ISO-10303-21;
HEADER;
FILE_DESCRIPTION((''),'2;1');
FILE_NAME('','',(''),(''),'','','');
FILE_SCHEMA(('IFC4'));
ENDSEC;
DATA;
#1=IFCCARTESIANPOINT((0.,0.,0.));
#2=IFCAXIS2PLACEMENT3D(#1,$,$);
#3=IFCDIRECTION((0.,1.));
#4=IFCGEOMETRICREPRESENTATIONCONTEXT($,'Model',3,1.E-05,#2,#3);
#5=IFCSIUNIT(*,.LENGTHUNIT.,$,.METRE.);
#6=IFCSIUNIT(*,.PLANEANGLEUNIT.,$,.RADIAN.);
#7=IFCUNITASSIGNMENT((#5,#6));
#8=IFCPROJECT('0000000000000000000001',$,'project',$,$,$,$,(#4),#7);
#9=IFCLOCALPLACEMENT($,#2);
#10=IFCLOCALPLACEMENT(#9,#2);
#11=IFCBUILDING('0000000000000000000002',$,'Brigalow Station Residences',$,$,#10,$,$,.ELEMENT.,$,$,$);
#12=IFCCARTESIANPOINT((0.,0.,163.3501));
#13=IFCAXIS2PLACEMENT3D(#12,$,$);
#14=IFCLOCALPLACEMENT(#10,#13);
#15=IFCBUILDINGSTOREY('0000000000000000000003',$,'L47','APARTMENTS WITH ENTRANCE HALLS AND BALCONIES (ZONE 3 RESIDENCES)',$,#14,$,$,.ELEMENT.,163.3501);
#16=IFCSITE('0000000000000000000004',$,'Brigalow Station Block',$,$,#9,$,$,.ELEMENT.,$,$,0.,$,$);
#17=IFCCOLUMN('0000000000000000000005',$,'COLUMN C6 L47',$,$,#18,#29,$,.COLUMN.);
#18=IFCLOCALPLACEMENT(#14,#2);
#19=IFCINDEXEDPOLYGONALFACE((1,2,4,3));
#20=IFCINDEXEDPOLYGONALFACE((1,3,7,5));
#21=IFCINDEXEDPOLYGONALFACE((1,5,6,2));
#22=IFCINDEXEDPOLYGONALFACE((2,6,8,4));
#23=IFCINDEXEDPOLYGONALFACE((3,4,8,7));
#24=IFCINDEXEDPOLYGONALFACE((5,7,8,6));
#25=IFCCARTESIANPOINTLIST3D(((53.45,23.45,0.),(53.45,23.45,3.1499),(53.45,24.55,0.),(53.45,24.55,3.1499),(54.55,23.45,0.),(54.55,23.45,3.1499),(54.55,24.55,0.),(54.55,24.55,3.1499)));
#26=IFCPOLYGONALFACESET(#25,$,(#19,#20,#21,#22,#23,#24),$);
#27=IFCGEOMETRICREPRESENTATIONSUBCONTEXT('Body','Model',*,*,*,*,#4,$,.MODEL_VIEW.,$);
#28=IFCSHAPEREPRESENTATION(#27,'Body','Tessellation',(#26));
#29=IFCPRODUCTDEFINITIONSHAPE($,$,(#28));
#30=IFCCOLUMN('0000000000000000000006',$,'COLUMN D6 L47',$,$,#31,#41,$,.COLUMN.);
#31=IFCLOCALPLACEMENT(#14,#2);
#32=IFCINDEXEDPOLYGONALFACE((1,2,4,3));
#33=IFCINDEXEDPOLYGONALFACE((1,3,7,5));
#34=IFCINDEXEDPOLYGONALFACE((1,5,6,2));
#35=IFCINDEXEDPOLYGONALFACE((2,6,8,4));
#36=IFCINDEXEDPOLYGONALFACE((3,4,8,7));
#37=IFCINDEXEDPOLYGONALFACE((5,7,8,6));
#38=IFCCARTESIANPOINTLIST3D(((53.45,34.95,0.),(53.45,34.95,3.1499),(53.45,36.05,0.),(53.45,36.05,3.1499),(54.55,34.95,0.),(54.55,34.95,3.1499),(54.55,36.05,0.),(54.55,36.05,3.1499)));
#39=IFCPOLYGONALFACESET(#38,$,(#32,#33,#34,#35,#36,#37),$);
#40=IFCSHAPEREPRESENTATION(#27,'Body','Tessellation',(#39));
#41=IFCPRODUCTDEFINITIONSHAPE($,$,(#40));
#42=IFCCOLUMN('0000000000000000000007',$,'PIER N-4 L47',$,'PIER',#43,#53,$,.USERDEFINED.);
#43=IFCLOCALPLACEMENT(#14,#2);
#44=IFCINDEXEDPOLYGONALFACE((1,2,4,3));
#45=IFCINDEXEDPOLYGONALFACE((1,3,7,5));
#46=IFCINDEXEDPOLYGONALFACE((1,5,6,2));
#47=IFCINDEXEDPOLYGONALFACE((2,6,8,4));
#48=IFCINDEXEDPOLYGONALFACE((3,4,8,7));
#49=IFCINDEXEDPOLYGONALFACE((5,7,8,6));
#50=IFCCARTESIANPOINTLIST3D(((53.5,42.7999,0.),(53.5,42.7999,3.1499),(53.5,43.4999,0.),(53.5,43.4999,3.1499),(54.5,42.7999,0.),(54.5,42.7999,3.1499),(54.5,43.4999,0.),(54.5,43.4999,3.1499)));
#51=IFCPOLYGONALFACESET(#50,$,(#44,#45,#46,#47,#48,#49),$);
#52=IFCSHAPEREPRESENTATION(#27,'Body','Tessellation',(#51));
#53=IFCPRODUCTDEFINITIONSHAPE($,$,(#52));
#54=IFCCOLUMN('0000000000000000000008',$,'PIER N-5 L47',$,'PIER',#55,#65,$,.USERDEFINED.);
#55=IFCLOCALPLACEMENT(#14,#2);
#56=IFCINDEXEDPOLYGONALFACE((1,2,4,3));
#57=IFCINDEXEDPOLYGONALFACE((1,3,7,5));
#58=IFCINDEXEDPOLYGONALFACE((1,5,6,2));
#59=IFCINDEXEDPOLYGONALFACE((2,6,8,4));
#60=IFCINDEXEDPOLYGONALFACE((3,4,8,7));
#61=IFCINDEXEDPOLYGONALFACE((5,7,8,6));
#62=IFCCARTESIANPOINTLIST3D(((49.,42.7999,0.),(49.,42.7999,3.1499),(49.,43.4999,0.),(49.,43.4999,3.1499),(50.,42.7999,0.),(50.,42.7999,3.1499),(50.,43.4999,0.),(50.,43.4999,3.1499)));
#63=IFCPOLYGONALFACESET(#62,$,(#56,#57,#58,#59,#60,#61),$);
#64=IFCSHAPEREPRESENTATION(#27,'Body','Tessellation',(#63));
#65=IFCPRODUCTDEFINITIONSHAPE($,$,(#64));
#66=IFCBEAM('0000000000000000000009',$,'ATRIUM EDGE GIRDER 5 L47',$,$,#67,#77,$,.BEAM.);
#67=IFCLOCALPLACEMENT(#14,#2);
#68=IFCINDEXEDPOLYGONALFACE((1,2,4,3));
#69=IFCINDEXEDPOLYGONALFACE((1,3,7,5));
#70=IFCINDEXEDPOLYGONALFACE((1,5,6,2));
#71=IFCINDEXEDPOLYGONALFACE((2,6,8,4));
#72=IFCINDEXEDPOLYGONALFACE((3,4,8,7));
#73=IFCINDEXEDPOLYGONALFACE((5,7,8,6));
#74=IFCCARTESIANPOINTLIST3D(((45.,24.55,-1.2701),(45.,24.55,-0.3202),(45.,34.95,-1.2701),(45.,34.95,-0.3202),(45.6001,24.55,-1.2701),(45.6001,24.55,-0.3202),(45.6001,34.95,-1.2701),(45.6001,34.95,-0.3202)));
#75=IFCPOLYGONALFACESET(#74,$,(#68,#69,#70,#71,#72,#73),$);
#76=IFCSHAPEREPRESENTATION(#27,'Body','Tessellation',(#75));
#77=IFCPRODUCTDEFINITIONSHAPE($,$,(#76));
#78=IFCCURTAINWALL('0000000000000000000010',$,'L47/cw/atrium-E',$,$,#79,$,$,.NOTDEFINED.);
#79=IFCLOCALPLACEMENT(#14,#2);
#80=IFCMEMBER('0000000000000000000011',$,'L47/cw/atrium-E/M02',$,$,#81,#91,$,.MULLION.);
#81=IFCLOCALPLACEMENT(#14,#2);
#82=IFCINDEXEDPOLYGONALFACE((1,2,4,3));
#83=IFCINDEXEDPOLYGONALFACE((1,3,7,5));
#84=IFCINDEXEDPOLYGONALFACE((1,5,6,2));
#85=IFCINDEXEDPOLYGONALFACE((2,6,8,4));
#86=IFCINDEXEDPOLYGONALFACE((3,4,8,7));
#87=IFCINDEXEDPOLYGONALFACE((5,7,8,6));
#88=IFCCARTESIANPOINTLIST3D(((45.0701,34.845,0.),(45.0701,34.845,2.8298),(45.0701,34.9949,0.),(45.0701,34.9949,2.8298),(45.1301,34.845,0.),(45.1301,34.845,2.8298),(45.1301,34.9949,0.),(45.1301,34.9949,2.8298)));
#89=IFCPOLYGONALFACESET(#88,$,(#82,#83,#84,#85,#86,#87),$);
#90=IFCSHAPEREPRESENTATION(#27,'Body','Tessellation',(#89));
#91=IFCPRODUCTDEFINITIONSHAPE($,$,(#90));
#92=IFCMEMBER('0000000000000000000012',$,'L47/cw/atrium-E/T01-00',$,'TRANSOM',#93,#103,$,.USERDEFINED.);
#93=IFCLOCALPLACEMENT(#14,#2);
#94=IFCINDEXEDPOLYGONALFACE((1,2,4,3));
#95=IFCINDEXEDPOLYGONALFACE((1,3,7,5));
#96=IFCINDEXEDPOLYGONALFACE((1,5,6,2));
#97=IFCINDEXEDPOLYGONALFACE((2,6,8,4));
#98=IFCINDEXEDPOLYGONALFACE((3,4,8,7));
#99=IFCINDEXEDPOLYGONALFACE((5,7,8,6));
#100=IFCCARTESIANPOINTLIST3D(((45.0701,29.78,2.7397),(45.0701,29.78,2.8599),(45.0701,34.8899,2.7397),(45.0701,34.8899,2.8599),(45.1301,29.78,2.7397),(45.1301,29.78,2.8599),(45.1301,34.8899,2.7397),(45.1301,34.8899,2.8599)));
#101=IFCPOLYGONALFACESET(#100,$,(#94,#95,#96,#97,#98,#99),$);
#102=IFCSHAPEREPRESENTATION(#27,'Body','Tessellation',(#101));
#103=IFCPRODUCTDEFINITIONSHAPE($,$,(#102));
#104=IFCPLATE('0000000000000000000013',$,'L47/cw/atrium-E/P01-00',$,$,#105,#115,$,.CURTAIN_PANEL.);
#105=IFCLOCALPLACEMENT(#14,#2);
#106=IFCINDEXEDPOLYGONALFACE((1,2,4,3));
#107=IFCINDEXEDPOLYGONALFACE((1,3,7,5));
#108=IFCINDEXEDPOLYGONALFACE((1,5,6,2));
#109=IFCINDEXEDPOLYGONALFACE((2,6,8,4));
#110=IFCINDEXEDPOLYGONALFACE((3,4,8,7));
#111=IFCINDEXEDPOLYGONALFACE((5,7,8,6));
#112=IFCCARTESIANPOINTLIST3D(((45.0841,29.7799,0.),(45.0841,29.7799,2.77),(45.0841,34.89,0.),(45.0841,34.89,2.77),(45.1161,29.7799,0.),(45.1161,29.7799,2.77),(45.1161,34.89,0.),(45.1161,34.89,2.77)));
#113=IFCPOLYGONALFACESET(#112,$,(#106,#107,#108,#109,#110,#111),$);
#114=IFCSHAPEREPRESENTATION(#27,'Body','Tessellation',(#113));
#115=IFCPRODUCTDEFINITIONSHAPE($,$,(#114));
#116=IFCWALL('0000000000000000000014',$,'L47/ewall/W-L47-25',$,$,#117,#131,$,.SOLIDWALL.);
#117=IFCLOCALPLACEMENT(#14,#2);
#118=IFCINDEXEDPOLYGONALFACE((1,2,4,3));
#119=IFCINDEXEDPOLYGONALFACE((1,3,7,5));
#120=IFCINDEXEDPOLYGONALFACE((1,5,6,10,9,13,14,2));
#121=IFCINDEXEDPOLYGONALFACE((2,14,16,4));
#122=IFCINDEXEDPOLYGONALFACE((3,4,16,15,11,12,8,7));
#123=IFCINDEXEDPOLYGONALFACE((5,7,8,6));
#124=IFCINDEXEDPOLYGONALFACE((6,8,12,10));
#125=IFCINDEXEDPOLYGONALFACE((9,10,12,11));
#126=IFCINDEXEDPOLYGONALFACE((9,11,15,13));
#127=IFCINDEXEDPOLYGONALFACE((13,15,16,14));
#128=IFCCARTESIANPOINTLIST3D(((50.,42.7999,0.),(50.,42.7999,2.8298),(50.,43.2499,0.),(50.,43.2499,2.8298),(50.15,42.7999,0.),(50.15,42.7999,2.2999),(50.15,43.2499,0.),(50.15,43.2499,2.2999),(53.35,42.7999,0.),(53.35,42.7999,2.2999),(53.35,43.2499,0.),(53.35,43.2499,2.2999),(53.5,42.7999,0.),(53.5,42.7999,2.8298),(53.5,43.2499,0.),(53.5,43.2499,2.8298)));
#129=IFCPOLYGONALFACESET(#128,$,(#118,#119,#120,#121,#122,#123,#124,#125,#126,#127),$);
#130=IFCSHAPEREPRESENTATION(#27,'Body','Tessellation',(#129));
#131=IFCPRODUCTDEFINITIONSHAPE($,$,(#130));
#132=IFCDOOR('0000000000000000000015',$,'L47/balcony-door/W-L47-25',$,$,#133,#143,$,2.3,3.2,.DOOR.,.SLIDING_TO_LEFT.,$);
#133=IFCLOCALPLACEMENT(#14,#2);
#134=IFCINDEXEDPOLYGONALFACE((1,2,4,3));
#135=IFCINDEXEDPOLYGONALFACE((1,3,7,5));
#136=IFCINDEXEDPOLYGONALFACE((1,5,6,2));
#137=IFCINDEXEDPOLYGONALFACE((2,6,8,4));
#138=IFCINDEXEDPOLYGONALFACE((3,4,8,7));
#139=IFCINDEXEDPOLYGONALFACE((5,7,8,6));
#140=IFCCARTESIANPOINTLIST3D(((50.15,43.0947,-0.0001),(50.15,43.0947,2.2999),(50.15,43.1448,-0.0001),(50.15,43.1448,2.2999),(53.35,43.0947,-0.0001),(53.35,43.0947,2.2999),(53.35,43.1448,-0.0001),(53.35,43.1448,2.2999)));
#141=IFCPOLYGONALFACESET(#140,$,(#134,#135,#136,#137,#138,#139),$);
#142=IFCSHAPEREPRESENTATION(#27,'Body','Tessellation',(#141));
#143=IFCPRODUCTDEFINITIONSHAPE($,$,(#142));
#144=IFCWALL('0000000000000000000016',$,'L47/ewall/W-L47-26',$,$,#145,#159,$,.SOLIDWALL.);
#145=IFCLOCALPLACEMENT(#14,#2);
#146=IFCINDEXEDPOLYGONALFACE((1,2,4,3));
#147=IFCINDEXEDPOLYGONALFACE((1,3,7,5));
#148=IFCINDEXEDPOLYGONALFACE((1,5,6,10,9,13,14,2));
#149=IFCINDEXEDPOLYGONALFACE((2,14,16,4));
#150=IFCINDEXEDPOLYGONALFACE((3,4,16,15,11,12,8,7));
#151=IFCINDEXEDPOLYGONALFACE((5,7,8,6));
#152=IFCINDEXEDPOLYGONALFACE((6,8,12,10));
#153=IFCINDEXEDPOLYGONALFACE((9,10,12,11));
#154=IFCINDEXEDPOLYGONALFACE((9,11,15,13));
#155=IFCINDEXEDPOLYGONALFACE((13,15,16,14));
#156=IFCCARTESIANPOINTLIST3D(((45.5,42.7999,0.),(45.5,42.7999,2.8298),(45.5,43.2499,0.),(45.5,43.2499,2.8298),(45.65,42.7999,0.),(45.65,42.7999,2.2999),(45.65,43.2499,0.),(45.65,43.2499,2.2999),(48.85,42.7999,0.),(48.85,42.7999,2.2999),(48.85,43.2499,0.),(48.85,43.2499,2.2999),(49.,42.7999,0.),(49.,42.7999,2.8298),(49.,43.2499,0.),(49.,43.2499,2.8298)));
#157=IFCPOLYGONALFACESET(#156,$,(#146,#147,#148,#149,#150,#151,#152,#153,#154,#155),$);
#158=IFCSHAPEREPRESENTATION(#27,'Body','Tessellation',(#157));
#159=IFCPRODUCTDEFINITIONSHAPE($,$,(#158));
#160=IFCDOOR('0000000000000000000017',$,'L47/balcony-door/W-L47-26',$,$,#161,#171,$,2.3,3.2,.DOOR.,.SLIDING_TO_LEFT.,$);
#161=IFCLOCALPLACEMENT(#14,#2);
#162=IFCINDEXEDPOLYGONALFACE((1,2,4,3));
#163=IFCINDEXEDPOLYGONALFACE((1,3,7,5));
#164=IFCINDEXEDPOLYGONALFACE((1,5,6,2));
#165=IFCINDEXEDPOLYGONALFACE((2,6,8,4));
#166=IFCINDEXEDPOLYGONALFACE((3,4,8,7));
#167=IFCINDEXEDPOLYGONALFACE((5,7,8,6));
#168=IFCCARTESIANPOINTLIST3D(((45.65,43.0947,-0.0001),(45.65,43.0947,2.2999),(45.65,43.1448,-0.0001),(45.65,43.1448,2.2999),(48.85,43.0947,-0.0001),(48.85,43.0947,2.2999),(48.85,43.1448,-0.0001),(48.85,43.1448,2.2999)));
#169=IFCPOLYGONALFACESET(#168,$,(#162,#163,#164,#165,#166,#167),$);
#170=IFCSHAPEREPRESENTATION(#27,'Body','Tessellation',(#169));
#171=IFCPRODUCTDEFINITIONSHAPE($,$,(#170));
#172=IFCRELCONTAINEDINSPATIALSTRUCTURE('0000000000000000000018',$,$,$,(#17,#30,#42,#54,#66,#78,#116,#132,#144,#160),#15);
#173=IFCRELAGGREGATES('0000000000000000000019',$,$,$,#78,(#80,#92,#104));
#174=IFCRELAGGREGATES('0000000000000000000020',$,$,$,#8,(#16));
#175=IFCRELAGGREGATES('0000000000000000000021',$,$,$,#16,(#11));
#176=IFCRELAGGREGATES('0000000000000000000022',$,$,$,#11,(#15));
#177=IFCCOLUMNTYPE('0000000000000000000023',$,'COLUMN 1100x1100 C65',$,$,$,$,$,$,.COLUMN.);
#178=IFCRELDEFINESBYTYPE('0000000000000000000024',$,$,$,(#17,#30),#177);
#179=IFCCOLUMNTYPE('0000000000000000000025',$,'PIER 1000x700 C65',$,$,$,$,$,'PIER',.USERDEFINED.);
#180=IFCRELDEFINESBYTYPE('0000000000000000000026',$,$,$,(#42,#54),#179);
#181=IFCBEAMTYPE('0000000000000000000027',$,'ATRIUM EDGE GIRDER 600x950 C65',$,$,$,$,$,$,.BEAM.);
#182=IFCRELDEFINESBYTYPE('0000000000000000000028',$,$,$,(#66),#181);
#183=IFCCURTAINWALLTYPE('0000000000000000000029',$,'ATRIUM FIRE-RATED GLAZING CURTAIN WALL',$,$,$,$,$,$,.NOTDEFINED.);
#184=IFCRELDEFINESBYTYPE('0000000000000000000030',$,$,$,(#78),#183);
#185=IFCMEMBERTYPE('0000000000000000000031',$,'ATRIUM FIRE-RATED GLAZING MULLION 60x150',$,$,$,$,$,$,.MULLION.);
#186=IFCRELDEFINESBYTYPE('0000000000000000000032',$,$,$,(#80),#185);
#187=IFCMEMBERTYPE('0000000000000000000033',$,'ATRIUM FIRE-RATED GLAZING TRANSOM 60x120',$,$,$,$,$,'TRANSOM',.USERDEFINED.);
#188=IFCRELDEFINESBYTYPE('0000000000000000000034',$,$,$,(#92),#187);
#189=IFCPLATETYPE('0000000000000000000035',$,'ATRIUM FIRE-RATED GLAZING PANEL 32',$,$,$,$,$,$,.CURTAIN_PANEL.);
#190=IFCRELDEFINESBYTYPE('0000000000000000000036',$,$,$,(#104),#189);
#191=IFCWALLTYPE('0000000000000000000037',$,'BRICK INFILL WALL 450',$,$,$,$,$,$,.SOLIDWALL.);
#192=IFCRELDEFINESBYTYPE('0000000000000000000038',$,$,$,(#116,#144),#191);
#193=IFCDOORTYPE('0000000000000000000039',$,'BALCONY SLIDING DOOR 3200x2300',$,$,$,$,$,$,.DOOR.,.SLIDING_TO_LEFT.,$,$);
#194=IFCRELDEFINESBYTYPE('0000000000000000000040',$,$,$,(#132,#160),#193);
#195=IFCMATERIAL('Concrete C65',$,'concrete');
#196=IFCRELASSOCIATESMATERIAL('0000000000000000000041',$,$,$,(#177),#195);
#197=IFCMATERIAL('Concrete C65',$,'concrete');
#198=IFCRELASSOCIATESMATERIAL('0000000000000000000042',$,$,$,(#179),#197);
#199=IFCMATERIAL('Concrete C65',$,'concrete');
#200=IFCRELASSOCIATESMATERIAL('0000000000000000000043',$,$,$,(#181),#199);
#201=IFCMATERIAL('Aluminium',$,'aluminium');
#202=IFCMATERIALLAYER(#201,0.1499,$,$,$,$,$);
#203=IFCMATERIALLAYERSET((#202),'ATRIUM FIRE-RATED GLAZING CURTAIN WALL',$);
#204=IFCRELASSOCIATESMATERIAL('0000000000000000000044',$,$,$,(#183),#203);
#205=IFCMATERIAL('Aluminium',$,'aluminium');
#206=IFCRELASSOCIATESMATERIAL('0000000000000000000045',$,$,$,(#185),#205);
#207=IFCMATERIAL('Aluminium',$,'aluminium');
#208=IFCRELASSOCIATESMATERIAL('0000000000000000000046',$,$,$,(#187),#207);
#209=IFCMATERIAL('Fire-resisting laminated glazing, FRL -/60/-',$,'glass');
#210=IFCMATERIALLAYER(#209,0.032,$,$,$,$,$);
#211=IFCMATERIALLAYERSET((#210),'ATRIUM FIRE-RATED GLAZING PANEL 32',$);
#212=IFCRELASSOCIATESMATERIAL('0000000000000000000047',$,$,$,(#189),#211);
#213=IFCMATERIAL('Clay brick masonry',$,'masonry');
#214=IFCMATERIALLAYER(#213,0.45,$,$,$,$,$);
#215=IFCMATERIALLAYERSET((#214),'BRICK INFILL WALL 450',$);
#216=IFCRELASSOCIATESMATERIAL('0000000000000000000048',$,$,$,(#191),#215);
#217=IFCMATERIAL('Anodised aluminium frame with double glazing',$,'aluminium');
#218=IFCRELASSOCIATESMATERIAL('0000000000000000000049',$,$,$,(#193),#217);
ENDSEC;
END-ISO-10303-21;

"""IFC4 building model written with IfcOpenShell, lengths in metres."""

from ifc_helpers import new_model, si_unit, direction, frame, frame_2d, origin, origin_2d, place, context, subcontext, project, spatial, rectangle, extrude, material, layer, layer_set, material_profile, profile_set, type_object, element, fill, aggregate, save


model = new_model("IFC4")

# Units and contexts
model_context = context("Model", 3, precision=1e-05, world=origin(), true_north=direction((0.0, 1.0)))
body_context = subcontext(model_context, "Body", "Model", "MODEL_VIEW")
ifc_project = project(units=[si_unit("LENGTHUNIT", "METRE"), si_unit("PLANEANGLEUNIT", "RADIAN")], contexts=[model_context])

# Site, building, storey
site_placement = place(None, origin())
site = spatial("IfcSite", under=ifc_project, at=site_placement, Name="Brigalow Station Block", CompositionType="ELEMENT", RefElevation=0.0)
building_placement = place(site_placement, origin())
building = spatial("IfcBuilding", under=site, at=building_placement, Name="Brigalow Station Residences", CompositionType="ELEMENT")
storey_placement = place(building_placement, frame((0.0, 0.0, 163.3501)))
storey = spatial("IfcBuildingStorey", under=building, at=storey_placement, Name="L47", Description="APARTMENTS WITH ENTRANCE HALLS AND BALCONIES (ZONE 3 RESIDENCES)", CompositionType="ELEMENT", Elevation=163.3501)

# Columns
ifc_material_1 = material(Name="Concrete C65", Category="concrete")
ifc_material_profile_1 = material_profile(ifc_material_1, rectangle(XDim=1.1001, YDim=1.1001, at=origin_2d()), Name="RC1100x1100")
ifc_profile_set_1 = profile_set([ifc_material_profile_1], Name="Concrete C65")
column_type_1 = type_object("IfcColumnType", Name="COLUMN 1100x1100 C65", PredefinedType="COLUMN", material=ifc_profile_set_1)
for number, where, z_axis, x_axis, name in (
    (1, (54.0, 24.0, 0.0), (0.0, 0.0, 1.0), (1.0, 0.0, 0.0), "COLUMN C6 L47"),
    (2, (54.0, 35.5, 0.0), (0.0, 0.0, 1.0), (1.0, 0.0, 0.0), "COLUMN D6 L47"),
):
    element("IfcColumn", number, at=place(storey_placement, frame(where, z_axis=z_axis, x_axis=x_axis)), inside=storey, type_object=column_type_1, Name=name, PredefinedType="COLUMN", context=body_context, shape_type="SweptSolid", body=[
        extrude(rectangle(XDim=1.1001, YDim=1.1001, at=origin_2d()), origin(), (0.0, 0.0, 1.0), 3.1499),
    ])
ifc_material_2 = material(Name="Concrete C65", Category="concrete")
ifc_material_profile_2 = material_profile(ifc_material_2, rectangle(XDim=1.0, YDim=0.7, at=origin_2d()), Name="RC1000x700")
ifc_profile_set_2 = profile_set([ifc_material_profile_2], Name="Concrete C65")
column_type_2 = type_object("IfcColumnType", Name="PIER 1000x700 C65", ElementType="PIER", PredefinedType="USERDEFINED", material=ifc_profile_set_2)
for number, where, z_axis, x_axis, name in (
    (3, (54.0, 43.1499, 0.0), (0.0, 0.0, 1.0), (-1.0, 0.0, 0.0), "PIER N-4 L47"),
    (4, (49.5, 43.1499, 0.0), (0.0, 0.0, 1.0), (-1.0, 0.0, 0.0), "PIER N-5 L47"),
):
    element("IfcColumn", number, at=place(storey_placement, frame(where, z_axis=z_axis, x_axis=x_axis)), inside=storey, type_object=column_type_2, Name=name, ObjectType="PIER", PredefinedType="USERDEFINED", context=body_context, shape_type="SweptSolid", body=[
        extrude(rectangle(XDim=1.0, YDim=0.7, at=origin_2d()), origin(), (0.0, 0.0, 1.0), 3.1499),
    ])

# Beam
ifc_material_3 = material(Name="Concrete C65", Category="concrete")
ifc_material_profile_3 = material_profile(ifc_material_3, rectangle(XDim=0.6001, YDim=0.95, at=origin_2d()), Name="RC600x950")
ifc_profile_set_3 = profile_set([ifc_material_profile_3], Name="Concrete C65")
beam_type = type_object("IfcBeamType", Name="ATRIUM EDGE GIRDER 600x950 C65", PredefinedType="BEAM", material=ifc_profile_set_3)
beam_placement = place(storey_placement, frame((45.3, 24.55, -0.7952), z_axis=(0.0, 1.0, 0.0), x_axis=(-1.0, 0.0, 0.0)))
element("IfcBeam", 5, at=beam_placement, inside=storey, type_object=beam_type, Name="ATRIUM EDGE GIRDER 5 L47", PredefinedType="BEAM", context=body_context, shape_type="SweptSolid", body=[
    extrude(rectangle(XDim=0.6001, YDim=0.95, at=origin_2d()), origin(), (0.0, 0.0, 1.0), 10.3999),
])

# Curtain wall, members, plate
ifc_material_4 = material(Name="Aluminium", Category="aluminium")
ifc_layer_1 = layer(ifc_material_4, 0.1499)
ifc_layer_set_1 = layer_set([ifc_layer_1], Name="ATRIUM FIRE-RATED GLAZING CURTAIN WALL")
curtain_wall_type = type_object("IfcCurtainWallType", Name="ATRIUM FIRE-RATED GLAZING CURTAIN WALL", PredefinedType="NOTDEFINED", material=ifc_layer_set_1)
curtain_wall_placement = place(storey_placement, origin())
curtain_wall = element("IfcCurtainWall", 6, at=curtain_wall_placement, inside=storey, type_object=curtain_wall_type, Name="L47/cw/atrium-E", PredefinedType="NOTDEFINED")
ifc_material_5 = material(Name="Aluminium", Category="aluminium")
ifc_material_profile_4 = material_profile(ifc_material_5, rectangle(XDim=0.0601, YDim=0.1499, at=origin_2d()), Name="ATRIUM FIRE-RATED GLAZING MULLION 60x150")
ifc_profile_set_4 = profile_set([ifc_material_profile_4], Name="Aluminium")
member_type_1 = type_object("IfcMemberType", Name="ATRIUM FIRE-RATED GLAZING MULLION 60x150", PredefinedType="MULLION", material=ifc_profile_set_4)
member_1_placement = place(storey_placement, frame((45.1001, 34.9199, 0.0), z_axis=(0.0, 0.0, 1.0), x_axis=(-1.0, 0.0, 0.0)))
member_1 = element("IfcMember", 7, at=member_1_placement, type_object=member_type_1, Name="L47/cw/atrium-E/M02", PredefinedType="MULLION", context=body_context, shape_type="SweptSolid", body=[
    extrude(rectangle(XDim=0.0601, YDim=0.1499, at=origin_2d()), origin(), (0.0, 0.0, 1.0), 2.8298),
])
ifc_material_6 = material(Name="Aluminium", Category="aluminium")
ifc_material_profile_5 = material_profile(ifc_material_6, rectangle(XDim=0.0601, YDim=0.1201, at=origin_2d()), Name="ATRIUM FIRE-RATED GLAZING TRANSOM 60x120")
ifc_profile_set_5 = profile_set([ifc_material_profile_5], Name="Aluminium")
member_type_2 = type_object("IfcMemberType", Name="ATRIUM FIRE-RATED GLAZING TRANSOM 60x120", ElementType="TRANSOM", PredefinedType="USERDEFINED", material=ifc_profile_set_5)
member_2_placement = place(storey_placement, frame((45.1001, 29.78, 2.7998), z_axis=(0.0, 1.0, 0.0), x_axis=(-1.0, 0.0, 0.0)))
member_2 = element("IfcMember", 8, at=member_2_placement, type_object=member_type_2, Name="L47/cw/atrium-E/T01-00", ObjectType="TRANSOM", PredefinedType="USERDEFINED", context=body_context, shape_type="SweptSolid", body=[
    extrude(rectangle(XDim=0.0601, YDim=0.1201, at=origin_2d()), origin(), (0.0, 0.0, 1.0), 5.1099),
])
ifc_material_7 = material(Name="Fire-resisting laminated glazing, FRL -/60/-", Category="glass")
ifc_layer_2 = layer(ifc_material_7, 0.032)
ifc_layer_set_2 = layer_set([ifc_layer_2], Name="ATRIUM FIRE-RATED GLAZING PANEL 32")
plate_type = type_object("IfcPlateType", Name="ATRIUM FIRE-RATED GLAZING PANEL 32", PredefinedType="CURTAIN_PANEL", material=ifc_layer_set_2)
plate_placement = place(storey_placement, frame((45.1001, 32.335, 0.0), z_axis=(0.0, 0.0, 1.0), x_axis=(0.0, 1.0, 0.0)))
plate = element("IfcPlate", 9, at=plate_placement, type_object=plate_type, Name="L47/cw/atrium-E/P01-00", PredefinedType="CURTAIN_PANEL", context=body_context, shape_type="SweptSolid", body=[
    extrude(rectangle(XDim=5.1101, YDim=0.032, at=origin_2d()), origin(), (0.0, 0.0, 1.0), 2.77),
])
aggregate(curtain_wall, [member_1, member_2, plate])

# Walls, openings, doors
ifc_material_8 = material(Name="Clay brick masonry", Category="masonry")
ifc_layer_3 = layer(ifc_material_8, 0.45)
ifc_layer_set_3 = layer_set([ifc_layer_3], Name="BRICK INFILL WALL 450")
wall_type_1 = type_object("IfcWallType", Name="BRICK INFILL WALL 450", PredefinedType="SOLIDWALL", material=ifc_layer_set_3)
wall_1_placement = place(storey_placement, frame((53.5, 43.0249, 0.0), z_axis=(0.0, 0.0, 1.0), x_axis=(-1.0, 0.0, 0.0)))
wall_1 = element("IfcWall", 10, at=wall_1_placement, inside=storey, type_object=wall_type_1, Name="L47/ewall/W-L47-25", PredefinedType="SOLIDWALL", context=body_context, shape_type="SweptSolid", body=[
    extrude(rectangle(XDim=3.5, YDim=0.45, at=frame_2d((1.75, 0.0))), origin(), (0.0, 0.0, 1.0), 2.8298),
])
opening_1_placement = place(wall_1_placement, frame((0.1499, 0.0, 0.0)))
opening_1 = element("IfcOpeningElement", 11, at=opening_1_placement, cuts=wall_1, PredefinedType="OPENING", context=body_context, shape_type="SweptSolid", body=[
    extrude(rectangle(XDim=3.2, YDim=2.3, at=frame_2d((1.6001, 1.1499))), frame((0.0, 0.2349, 0.0), z_axis=(0.0, -1.0, 0.0), x_axis=(1.0, 0.0, 0.0)), (0.0, 0.0, 1.0), 0.47),
])
ifc_material_9 = material(Name="Anodised aluminium frame with double glazing", Category="aluminium")
door_type_1 = type_object("IfcDoorType", Name="BALCONY SLIDING DOOR 3200x2300", OperationType="SLIDING_TO_LEFT", PredefinedType="DOOR", material=ifc_material_9)
door_1_placement = place(opening_1_placement, origin())
door_1 = element("IfcDoor", 12, at=door_1_placement, inside=storey, type_object=door_type_1, Name="L47/balcony-door/W-L47-25", OperationType="SLIDING_TO_LEFT", OverallHeight=2.3, OverallWidth=3.2, PredefinedType="DOOR", context=body_context, shape_type="SweptSolid", body=[
    extrude(rectangle(XDim=3.2, YDim=2.3, at=frame_2d((1.6001, 1.1499))), frame((0.0, -0.0698, 0.0), z_axis=(0.0, -1.0, 0.0), x_axis=(1.0, 0.0, 0.0)), (0.0, 0.0, 1.0), 0.05),
])
fill(opening_1, door_1)
wall_2_placement = place(storey_placement, frame((49.0, 43.0249, 0.0), z_axis=(0.0, 0.0, 1.0), x_axis=(-1.0, 0.0, 0.0)))
wall_2 = element("IfcWall", 13, at=wall_2_placement, inside=storey, type_object=wall_type_1, Name="L47/ewall/W-L47-26", PredefinedType="SOLIDWALL", context=body_context, shape_type="SweptSolid", body=[
    extrude(rectangle(XDim=3.5, YDim=0.45, at=frame_2d((1.75, 0.0))), origin(), (0.0, 0.0, 1.0), 2.8298),
])
opening_2_placement = place(wall_2_placement, frame((0.1499, 0.0, 0.0)))
opening_2 = element("IfcOpeningElement", 14, at=opening_2_placement, cuts=wall_2, PredefinedType="OPENING", context=body_context, shape_type="SweptSolid", body=[
    extrude(rectangle(XDim=3.2, YDim=2.3, at=frame_2d((1.6001, 1.1499))), frame((0.0, 0.2349, 0.0), z_axis=(0.0, -1.0, 0.0), x_axis=(1.0, 0.0, 0.0)), (0.0, 0.0, 1.0), 0.47),
])
door_2_placement = place(opening_2_placement, origin())
door_2 = element("IfcDoor", 15, at=door_2_placement, inside=storey, type_object=door_type_1, Name="L47/balcony-door/W-L47-26", OperationType="SLIDING_TO_LEFT", OverallHeight=2.3, OverallWidth=3.2, PredefinedType="DOOR", context=body_context, shape_type="SweptSolid", body=[
    extrude(rectangle(XDim=3.2, YDim=2.3, at=frame_2d((1.6001, 1.1499))), frame((0.0, -0.0698, 0.0), z_axis=(0.0, -1.0, 0.0), x_axis=(1.0, 0.0, 0.0)), (0.0, 0.0, 1.0), 0.05),
])
fill(opening_2, door_2)

save(model, "model.ifc")
